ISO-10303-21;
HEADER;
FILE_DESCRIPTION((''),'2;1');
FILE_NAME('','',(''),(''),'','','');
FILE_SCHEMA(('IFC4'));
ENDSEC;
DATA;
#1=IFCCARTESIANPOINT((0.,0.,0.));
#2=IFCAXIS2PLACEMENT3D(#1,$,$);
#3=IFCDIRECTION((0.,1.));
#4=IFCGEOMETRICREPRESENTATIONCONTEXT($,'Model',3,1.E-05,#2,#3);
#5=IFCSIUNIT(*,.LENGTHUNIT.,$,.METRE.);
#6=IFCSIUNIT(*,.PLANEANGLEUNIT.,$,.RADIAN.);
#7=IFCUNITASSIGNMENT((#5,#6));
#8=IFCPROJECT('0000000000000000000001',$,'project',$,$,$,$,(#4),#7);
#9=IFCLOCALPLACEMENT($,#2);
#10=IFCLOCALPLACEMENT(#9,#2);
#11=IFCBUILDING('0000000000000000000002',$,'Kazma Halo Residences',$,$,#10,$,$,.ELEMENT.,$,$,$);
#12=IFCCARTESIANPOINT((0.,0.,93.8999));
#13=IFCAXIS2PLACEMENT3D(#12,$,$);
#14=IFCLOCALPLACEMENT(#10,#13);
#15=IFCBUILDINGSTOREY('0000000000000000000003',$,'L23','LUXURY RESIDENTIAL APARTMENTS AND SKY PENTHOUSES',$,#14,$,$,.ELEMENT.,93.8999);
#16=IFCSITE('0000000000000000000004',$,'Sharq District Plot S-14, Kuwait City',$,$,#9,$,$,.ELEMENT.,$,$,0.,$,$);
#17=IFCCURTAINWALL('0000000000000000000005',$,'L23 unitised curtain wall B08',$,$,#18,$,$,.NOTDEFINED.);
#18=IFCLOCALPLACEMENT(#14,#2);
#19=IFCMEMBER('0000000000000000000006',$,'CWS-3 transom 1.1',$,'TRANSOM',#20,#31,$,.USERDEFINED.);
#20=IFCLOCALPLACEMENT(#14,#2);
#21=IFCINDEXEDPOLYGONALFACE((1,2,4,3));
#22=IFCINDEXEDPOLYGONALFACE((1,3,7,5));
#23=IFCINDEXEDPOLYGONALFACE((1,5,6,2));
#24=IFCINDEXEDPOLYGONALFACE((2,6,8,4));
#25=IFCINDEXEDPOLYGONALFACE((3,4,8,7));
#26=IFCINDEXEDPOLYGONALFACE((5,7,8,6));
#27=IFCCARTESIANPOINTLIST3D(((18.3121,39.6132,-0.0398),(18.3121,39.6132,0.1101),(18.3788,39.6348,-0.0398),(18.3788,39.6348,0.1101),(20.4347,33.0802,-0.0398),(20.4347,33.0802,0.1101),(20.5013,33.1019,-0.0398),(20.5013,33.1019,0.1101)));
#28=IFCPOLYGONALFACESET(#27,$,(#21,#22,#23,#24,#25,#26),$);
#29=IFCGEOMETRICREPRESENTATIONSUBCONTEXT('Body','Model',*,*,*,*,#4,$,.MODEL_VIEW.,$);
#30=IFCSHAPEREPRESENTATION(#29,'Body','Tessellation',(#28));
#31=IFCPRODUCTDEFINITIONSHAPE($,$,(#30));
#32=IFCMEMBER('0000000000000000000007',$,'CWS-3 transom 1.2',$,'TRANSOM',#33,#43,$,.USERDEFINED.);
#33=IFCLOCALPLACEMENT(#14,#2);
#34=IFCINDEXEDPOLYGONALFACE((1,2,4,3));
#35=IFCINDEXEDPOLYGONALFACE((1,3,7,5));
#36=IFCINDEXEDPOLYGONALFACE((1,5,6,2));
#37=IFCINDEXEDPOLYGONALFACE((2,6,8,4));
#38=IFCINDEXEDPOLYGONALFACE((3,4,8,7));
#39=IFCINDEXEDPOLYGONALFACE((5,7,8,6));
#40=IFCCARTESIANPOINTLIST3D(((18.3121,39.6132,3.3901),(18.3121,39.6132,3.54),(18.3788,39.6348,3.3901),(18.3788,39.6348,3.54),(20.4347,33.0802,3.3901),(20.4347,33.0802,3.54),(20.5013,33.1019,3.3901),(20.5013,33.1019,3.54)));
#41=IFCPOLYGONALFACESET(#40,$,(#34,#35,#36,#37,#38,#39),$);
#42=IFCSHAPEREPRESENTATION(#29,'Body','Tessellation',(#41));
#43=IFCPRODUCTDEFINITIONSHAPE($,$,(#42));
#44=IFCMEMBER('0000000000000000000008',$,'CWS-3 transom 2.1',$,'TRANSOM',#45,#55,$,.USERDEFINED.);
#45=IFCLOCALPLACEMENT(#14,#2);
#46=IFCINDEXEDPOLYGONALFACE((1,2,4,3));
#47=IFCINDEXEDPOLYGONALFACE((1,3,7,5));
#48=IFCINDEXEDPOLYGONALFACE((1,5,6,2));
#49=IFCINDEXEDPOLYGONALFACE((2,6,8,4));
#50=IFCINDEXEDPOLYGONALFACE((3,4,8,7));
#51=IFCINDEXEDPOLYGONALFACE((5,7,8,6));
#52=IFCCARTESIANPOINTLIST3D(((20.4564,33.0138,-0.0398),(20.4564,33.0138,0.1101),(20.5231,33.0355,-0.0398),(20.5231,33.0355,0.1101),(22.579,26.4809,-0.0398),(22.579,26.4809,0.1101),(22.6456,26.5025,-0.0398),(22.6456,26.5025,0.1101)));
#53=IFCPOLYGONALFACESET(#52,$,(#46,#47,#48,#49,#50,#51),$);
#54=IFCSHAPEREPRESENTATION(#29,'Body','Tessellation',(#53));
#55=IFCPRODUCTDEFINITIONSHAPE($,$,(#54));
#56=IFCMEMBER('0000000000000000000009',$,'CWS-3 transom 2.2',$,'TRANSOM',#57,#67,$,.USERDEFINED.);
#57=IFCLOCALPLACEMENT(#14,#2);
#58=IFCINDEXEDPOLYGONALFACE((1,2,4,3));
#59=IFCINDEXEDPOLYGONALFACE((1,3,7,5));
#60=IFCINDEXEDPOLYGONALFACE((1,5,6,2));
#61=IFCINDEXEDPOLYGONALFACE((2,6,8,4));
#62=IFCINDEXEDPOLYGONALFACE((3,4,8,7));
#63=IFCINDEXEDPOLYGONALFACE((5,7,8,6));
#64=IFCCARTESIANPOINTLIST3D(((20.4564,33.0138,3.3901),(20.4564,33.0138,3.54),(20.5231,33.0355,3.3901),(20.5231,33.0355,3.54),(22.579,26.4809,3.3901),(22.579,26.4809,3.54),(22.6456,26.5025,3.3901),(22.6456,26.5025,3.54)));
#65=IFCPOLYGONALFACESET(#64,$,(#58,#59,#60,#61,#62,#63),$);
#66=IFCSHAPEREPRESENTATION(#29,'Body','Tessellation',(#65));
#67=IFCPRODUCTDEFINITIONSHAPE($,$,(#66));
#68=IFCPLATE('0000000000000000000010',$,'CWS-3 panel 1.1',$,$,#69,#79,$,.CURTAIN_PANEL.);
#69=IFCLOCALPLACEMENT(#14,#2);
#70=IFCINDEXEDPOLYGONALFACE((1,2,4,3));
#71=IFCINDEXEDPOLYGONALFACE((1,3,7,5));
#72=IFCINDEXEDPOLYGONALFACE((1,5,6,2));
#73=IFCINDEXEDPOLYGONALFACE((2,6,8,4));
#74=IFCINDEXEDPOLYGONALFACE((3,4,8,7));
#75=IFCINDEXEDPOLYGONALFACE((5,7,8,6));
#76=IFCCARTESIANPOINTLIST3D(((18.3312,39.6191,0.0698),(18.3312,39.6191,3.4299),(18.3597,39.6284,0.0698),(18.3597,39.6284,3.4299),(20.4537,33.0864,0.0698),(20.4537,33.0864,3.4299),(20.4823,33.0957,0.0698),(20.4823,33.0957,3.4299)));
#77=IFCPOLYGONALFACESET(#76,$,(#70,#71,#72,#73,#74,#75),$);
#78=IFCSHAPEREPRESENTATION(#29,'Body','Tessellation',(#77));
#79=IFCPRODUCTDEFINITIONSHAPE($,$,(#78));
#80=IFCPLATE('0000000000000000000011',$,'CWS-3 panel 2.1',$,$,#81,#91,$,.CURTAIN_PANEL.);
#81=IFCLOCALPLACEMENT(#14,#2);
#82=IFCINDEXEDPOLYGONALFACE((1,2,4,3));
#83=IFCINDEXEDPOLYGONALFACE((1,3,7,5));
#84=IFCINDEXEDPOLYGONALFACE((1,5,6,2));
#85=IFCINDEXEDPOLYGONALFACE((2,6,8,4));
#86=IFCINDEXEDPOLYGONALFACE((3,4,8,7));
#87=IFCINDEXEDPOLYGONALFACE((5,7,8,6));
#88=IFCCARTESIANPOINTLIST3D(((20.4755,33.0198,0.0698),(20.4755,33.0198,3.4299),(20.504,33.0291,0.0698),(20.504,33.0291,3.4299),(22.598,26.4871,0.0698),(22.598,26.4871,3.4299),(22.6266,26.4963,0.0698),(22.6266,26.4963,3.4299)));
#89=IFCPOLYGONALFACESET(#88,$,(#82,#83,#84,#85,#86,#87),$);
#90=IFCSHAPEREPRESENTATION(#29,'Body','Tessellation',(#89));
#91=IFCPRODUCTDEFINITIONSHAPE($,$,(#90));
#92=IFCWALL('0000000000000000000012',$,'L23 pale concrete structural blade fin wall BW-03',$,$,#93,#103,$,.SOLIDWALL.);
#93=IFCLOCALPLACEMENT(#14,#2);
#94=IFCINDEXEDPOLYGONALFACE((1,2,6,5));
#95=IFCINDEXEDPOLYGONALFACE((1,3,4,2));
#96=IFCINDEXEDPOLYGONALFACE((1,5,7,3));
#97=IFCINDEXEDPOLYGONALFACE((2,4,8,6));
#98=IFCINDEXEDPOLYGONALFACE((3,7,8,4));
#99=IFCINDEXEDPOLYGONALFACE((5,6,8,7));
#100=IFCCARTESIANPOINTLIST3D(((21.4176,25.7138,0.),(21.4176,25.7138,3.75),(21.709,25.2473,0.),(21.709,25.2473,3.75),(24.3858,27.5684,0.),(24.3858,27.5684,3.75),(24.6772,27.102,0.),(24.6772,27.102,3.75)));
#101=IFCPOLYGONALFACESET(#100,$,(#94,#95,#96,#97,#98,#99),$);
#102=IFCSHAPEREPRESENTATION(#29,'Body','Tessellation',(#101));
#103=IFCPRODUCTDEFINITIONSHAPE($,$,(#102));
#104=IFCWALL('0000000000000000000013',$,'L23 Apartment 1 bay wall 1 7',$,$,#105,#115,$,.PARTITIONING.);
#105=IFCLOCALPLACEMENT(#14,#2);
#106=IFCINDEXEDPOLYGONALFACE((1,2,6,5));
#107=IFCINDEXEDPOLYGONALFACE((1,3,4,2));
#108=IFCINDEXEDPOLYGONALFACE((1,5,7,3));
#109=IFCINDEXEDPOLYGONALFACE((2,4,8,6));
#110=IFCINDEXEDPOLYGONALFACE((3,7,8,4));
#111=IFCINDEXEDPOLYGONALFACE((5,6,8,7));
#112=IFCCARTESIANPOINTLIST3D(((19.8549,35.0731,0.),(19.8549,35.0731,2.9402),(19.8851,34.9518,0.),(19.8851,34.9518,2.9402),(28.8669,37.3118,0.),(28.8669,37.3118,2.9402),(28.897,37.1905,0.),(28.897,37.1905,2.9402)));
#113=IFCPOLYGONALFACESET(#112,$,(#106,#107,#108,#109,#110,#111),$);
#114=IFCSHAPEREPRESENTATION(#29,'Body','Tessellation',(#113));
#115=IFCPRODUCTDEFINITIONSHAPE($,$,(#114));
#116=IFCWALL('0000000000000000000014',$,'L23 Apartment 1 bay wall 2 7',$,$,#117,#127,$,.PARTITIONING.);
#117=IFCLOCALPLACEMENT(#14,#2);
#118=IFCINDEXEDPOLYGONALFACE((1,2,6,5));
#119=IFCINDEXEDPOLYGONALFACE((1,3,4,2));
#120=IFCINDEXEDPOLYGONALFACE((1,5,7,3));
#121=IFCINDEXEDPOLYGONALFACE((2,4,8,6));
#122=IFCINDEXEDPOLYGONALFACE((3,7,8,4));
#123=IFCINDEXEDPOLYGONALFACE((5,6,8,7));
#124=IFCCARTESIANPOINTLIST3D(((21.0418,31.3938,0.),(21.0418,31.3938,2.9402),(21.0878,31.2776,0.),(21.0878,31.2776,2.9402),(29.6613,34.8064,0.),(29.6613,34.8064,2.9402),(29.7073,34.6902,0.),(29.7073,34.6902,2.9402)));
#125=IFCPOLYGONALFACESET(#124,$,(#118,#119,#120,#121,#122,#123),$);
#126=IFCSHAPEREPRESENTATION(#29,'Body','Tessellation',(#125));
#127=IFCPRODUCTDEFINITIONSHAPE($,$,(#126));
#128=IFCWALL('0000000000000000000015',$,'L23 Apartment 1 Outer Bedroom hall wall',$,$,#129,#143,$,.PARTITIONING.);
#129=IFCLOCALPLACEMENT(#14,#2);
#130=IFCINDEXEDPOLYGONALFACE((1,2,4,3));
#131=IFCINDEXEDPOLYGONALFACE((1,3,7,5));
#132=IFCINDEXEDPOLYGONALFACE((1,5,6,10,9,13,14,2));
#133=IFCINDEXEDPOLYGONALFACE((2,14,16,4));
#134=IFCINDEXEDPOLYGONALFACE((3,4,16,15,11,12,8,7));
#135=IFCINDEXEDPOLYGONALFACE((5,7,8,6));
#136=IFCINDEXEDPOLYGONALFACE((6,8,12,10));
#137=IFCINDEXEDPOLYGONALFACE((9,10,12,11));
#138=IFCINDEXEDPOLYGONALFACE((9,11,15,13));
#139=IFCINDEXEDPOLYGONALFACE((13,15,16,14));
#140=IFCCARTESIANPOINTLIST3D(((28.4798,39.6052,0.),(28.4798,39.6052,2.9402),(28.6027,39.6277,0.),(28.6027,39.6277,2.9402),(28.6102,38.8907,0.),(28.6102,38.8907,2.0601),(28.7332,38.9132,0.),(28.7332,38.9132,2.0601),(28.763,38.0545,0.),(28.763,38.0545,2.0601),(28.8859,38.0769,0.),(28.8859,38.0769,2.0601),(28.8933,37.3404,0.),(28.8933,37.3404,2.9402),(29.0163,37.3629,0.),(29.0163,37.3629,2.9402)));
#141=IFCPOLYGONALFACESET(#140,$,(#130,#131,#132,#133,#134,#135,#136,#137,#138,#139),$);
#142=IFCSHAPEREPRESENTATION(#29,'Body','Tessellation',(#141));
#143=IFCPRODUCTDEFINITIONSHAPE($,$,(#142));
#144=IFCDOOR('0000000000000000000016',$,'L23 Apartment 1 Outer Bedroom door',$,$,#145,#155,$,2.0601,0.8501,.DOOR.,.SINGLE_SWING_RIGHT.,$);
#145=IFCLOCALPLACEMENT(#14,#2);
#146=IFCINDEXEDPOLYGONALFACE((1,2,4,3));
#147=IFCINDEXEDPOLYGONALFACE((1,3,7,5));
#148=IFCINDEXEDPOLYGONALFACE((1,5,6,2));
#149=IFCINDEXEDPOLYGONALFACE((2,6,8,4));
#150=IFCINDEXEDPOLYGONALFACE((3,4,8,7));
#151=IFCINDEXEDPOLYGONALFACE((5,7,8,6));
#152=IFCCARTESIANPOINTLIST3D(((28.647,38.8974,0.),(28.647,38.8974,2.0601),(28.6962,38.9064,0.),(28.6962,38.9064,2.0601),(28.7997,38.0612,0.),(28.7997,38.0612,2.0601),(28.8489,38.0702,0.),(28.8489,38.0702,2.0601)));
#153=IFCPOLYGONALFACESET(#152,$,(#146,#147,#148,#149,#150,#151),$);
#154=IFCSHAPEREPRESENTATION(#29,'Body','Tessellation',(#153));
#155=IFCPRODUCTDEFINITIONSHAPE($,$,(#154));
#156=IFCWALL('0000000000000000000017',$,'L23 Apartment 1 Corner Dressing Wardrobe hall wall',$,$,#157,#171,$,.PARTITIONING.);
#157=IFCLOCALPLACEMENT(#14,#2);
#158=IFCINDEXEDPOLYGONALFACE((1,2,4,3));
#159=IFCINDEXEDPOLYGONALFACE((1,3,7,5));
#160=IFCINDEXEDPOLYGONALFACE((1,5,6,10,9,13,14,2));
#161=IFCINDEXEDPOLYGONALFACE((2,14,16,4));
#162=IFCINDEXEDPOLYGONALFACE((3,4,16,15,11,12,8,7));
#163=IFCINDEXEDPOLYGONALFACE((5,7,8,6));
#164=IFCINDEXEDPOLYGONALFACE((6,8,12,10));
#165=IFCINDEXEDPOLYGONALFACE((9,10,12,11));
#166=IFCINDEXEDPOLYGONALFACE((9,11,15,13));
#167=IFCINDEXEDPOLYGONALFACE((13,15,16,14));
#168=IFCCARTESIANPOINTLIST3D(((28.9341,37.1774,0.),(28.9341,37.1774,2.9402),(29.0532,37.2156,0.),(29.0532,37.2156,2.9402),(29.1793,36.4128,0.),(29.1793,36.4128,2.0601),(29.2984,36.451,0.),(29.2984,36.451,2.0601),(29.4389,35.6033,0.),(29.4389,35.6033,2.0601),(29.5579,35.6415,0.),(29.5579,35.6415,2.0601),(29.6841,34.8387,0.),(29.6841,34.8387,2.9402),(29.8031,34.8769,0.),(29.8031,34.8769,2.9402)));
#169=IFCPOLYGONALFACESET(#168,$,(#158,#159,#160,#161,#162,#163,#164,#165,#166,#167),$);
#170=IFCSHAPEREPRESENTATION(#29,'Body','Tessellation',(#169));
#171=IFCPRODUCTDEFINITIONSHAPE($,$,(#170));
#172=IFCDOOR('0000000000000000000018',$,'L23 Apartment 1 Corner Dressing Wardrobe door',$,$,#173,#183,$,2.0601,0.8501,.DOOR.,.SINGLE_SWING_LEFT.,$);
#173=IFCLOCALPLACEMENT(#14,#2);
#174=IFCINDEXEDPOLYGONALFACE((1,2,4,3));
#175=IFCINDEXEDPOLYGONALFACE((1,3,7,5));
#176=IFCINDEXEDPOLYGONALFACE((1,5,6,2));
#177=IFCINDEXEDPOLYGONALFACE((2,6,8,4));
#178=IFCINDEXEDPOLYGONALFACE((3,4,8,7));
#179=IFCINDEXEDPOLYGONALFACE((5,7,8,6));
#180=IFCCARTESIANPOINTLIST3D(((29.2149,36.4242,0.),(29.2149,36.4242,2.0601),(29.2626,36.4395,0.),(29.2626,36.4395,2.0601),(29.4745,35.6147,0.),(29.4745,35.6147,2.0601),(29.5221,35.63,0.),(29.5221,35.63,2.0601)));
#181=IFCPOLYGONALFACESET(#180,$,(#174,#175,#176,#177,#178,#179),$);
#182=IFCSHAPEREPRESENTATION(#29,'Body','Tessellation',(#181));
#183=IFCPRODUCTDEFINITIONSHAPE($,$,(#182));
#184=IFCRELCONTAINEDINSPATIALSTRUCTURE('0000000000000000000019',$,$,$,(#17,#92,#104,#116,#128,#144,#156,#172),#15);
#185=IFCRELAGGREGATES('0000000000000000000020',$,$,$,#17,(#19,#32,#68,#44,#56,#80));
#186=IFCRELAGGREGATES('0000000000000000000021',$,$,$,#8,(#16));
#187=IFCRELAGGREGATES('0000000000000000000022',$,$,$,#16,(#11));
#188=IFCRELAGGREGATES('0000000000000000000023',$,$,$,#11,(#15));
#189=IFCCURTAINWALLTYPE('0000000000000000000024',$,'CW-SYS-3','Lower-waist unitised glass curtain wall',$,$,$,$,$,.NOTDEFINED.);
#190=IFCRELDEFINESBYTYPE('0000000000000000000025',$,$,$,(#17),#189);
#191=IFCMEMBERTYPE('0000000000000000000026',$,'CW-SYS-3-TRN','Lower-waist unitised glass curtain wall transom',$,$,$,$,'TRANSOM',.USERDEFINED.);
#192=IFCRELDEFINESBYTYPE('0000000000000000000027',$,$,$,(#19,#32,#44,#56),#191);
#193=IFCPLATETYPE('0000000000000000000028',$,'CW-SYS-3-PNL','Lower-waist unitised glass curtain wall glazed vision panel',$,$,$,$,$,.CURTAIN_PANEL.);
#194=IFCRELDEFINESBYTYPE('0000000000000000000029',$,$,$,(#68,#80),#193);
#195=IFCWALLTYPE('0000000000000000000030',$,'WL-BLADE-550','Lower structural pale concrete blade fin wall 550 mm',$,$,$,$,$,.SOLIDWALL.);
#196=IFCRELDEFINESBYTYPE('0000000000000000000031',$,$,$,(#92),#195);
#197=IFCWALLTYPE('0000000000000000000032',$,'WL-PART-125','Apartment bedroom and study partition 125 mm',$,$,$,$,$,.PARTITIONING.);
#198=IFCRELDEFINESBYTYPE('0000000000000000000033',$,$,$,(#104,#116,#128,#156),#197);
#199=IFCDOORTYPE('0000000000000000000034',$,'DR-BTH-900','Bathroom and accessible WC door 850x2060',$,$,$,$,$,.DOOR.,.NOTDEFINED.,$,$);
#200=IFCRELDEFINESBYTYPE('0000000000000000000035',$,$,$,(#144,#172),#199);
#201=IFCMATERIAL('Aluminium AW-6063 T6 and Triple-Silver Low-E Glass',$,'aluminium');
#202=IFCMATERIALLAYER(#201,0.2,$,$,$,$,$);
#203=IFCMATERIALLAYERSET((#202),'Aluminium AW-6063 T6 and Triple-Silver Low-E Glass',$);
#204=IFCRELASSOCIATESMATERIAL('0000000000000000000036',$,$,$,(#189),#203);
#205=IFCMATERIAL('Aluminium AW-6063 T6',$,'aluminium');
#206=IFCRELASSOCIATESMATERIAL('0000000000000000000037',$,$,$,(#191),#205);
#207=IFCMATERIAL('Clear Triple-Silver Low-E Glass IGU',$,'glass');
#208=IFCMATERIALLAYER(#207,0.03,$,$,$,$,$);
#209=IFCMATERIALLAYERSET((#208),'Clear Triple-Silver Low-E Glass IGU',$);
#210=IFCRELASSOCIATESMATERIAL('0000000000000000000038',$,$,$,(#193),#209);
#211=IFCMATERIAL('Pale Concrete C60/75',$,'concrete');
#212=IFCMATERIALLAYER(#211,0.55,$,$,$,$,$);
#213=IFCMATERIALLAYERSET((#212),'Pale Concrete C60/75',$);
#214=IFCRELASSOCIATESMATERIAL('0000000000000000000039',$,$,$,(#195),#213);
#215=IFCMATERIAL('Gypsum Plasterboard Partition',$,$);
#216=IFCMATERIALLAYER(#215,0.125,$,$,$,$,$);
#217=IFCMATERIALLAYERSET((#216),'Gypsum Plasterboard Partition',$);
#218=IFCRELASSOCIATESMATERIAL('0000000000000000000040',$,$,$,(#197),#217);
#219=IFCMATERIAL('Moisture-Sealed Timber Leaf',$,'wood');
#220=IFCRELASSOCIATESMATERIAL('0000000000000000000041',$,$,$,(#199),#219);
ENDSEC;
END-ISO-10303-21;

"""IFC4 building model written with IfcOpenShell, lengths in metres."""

from ifc_helpers import new_model, si_unit, direction, frame, frame_2d, origin, origin_2d, place, context, subcontext, project, spatial, rectangle, extrude, material, layer, layer_set, material_profile, profile_set, type_object, element, fill, aggregate, save


model = new_model("IFC4")

# Units and contexts
model_context = context("Model", 3, precision=1e-05, world=origin(), true_north=direction((0.0, 1.0)))
body_context = subcontext(model_context, "Body", "Model", "MODEL_VIEW")
ifc_project = project(units=[si_unit("LENGTHUNIT", "METRE"), si_unit("PLANEANGLEUNIT", "RADIAN")], contexts=[model_context])

# Site, building, storey
site_placement = place(None, origin())
site = spatial("IfcSite", under=ifc_project, at=site_placement, Name="Sharq District Plot S-14, Kuwait City", CompositionType="ELEMENT", RefElevation=0.0)
building_placement = place(site_placement, origin())
building = spatial("IfcBuilding", under=site, at=building_placement, Name="Kazma Halo Residences", CompositionType="ELEMENT")
storey_placement = place(building_placement, frame((0.0, 0.0, 93.8999)))
storey = spatial("IfcBuildingStorey", under=building, at=storey_placement, Name="L23", Description="LUXURY RESIDENTIAL APARTMENTS AND SKY PENTHOUSES", CompositionType="ELEMENT", Elevation=93.8999)

# Curtain wall
ifc_material_1 = material(Name="Aluminium AW-6063 T6 and Triple-Silver Low-E Glass", Category="aluminium")
ifc_layer_1 = layer(ifc_material_1, 0.2)
ifc_layer_set_1 = layer_set([ifc_layer_1], Name="Aluminium AW-6063 T6 and Triple-Silver Low-E Glass")
curtain_wall_type = type_object("IfcCurtainWallType", Name="CW-SYS-3", Description="Lower-waist unitised glass curtain wall", PredefinedType="NOTDEFINED", material=ifc_layer_set_1)
curtain_wall_1_placement = place(storey_placement, origin())
curtain_wall_1 = element("IfcCurtainWall", 1, at=curtain_wall_1_placement, inside=storey, type_object=curtain_wall_type, Name="L23 unitised curtain wall B08", PredefinedType="NOTDEFINED")
ifc_material_2 = material(Name="Aluminium AW-6063 T6", Category="aluminium")

# Members
ifc_material_profile_1 = material_profile(ifc_material_2, rectangle(XDim=0.0701, YDim=0.1499, at=origin_2d()), Name="CWT-70x150")
ifc_profile_set_1 = profile_set([ifc_material_profile_1], Name="Aluminium AW-6063 T6")
member_type_1 = type_object("IfcMemberType", Name="CW-SYS-3-TRN", Description="Lower-waist unitised glass curtain wall transom", ElementType="TRANSOM", PredefinedType="USERDEFINED", material=ifc_profile_set_1)
member_1_placement = place(storey_placement, frame((18.3455, 39.624, 0.0352), z_axis=(0.309, -0.951062, 0.0), x_axis=(0.951062, 0.309, 0.0)))
member_1 = element("IfcMember", 2, at=member_1_placement, type_object=member_type_1, Name="CWS-3 transom 1.1", ObjectType="TRANSOM", PredefinedType="USERDEFINED", context=body_context, shape_type="SweptSolid", body=[
    extrude(rectangle(XDim=0.0701, YDim=0.1499, at=origin_2d()), origin(), (0.0, 0.0, 1.0), 6.8691),
])
member_2_placement = place(storey_placement, frame((18.3455, 39.624, 3.4651), z_axis=(0.309, -0.951062, 0.0), x_axis=(0.951062, 0.309, 0.0)))
member_2 = element("IfcMember", 3, at=member_2_placement, type_object=member_type_1, Name="CWS-3 transom 1.2", ObjectType="TRANSOM", PredefinedType="USERDEFINED", context=body_context, shape_type="SweptSolid", body=[
    extrude(rectangle(XDim=0.0701, YDim=0.1499, at=origin_2d()), origin(), (0.0, 0.0, 1.0), 6.8691),
])
member_3_placement = place(storey_placement, frame((20.4897, 33.0247, 0.0352), z_axis=(0.309, -0.951062, 0.0), x_axis=(0.951062, 0.309, 0.0)))
member_3 = element("IfcMember", 4, at=member_3_placement, type_object=member_type_1, Name="CWS-3 transom 2.1", ObjectType="TRANSOM", PredefinedType="USERDEFINED", context=body_context, shape_type="SweptSolid", body=[
    extrude(rectangle(XDim=0.0701, YDim=0.1499, at=origin_2d()), origin(), (0.0, 0.0, 1.0), 6.8691),
])
member_4_placement = place(storey_placement, frame((20.4897, 33.0247, 3.4651), z_axis=(0.309, -0.951062, 0.0), x_axis=(0.951062, 0.309, 0.0)))
member_4 = element("IfcMember", 5, at=member_4_placement, type_object=member_type_1, Name="CWS-3 transom 2.2", ObjectType="TRANSOM", PredefinedType="USERDEFINED", context=body_context, shape_type="SweptSolid", body=[
    extrude(rectangle(XDim=0.0701, YDim=0.1499, at=origin_2d()), origin(), (0.0, 0.0, 1.0), 6.8691),
])

# Plates
ifc_material_3 = material(Name="Clear Triple-Silver Low-E Glass IGU", Category="glass")
ifc_layer_2 = layer(ifc_material_3, 0.03)
ifc_layer_set_2 = layer_set([ifc_layer_2], Name="Clear Triple-Silver Low-E Glass IGU")
plate_type = type_object("IfcPlateType", Name="CW-SYS-3-PNL", Description="Lower-waist unitised glass curtain wall glazed vision panel", PredefinedType="CURTAIN_PANEL", material=ifc_layer_set_2)
plate_1_placement = place(storey_placement, frame((19.4067, 36.3574, 0.0698), z_axis=(0.0, 0.0, 1.0), x_axis=(0.309013, -0.951058, 0.0)))
plate_1 = element("IfcPlate", 6, at=plate_1_placement, type_object=plate_type, Name="CWS-3 panel 1.1", PredefinedType="CURTAIN_PANEL", context=body_context, shape_type="SweptSolid", body=[
    extrude(rectangle(XDim=6.8689, YDim=0.03, at=origin_2d()), origin(), (0.0, 0.0, 1.0), 3.3601),
])
plate_2_placement = place(storey_placement, frame((21.551, 29.7581, 0.0698), z_axis=(0.0, 0.0, 1.0), x_axis=(0.309013, -0.951058, 0.0)))
plate_2 = element("IfcPlate", 7, at=plate_2_placement, type_object=plate_type, Name="CWS-3 panel 2.1", PredefinedType="CURTAIN_PANEL", context=body_context, shape_type="SweptSolid", body=[
    extrude(rectangle(XDim=6.8689, YDim=0.03, at=origin_2d()), origin(), (0.0, 0.0, 1.0), 3.3601),
])
aggregate(curtain_wall_1, [member_1, member_2, plate_1, member_3, member_4, plate_2])

# Walls
ifc_material_4 = material(Name="Pale Concrete C60/75", Category="concrete")
ifc_layer_3 = layer(ifc_material_4, 0.55)
ifc_layer_set_3 = layer_set([ifc_layer_3], Name="Pale Concrete C60/75")
wall_type_1 = type_object("IfcWallType", Name="WL-BLADE-550", Description="Lower structural pale concrete blade fin wall 550 mm", PredefinedType="SOLIDWALL", material=ifc_layer_set_3)
wall_1_placement = place(storey_placement, frame((24.5315, 27.3352, 0.0), z_axis=(0.0, 0.0, 1.0), x_axis=(-0.848053, -0.529911, 0.0)))
element("IfcWall", 8, at=wall_1_placement, inside=storey, type_object=wall_type_1, Name="L23 pale concrete structural blade fin wall BW-03", PredefinedType="SOLIDWALL", context=body_context, shape_type="SweptSolid", body=[
    extrude(rectangle(XDim=3.5, YDim=0.55, at=frame_2d((1.75, 0.0))), origin(), (0.0, 0.0, 1.0), 3.75),
])
ifc_material_5 = material(Name="Gypsum Plasterboard Partition")
ifc_layer_4 = layer(ifc_material_5, 0.125)
ifc_layer_set_4 = layer_set([ifc_layer_4], Name="Gypsum Plasterboard Partition")
wall_type_2 = type_object("IfcWallType", Name="WL-PART-125", Description="Apartment bedroom and study partition 125 mm", PredefinedType="PARTITIONING", material=ifc_layer_set_4)
wall_2_placement = place(storey_placement, frame((28.8821, 37.2512, 0.0), z_axis=(0.0, 0.0, 1.0), x_axis=(-0.970502, -0.241094, 0.0)))
element("IfcWall", 9, at=wall_2_placement, inside=storey, type_object=wall_type_2, Name="L23 Apartment 1 bay wall 1 7", PredefinedType="PARTITIONING", context=body_context, shape_type="SweptSolid", body=[
    extrude(rectangle(XDim=9.2859, YDim=0.125, at=frame_2d((4.6431, 0.0))), origin(), (0.0, 0.0, 1.0), 2.9402),
])
wall_3_placement = place(storey_placement, frame((29.6843, 34.7483, 0.0), z_axis=(0.0, 0.0, 1.0), x_axis=(-0.929782, -0.36811, 0.0)))
element("IfcWall", 10, at=wall_3_placement, inside=storey, type_object=wall_type_2, Name="L23 Apartment 1 bay wall 2 7", PredefinedType="PARTITIONING", context=body_context, shape_type="SweptSolid", body=[
    extrude(rectangle(XDim=9.2705, YDim=0.125, at=frame_2d((4.6353, 0.0))), origin(), (0.0, 0.0, 1.0), 2.9402),
])

# Walls, openings, doors
wall_4_placement = place(storey_placement, frame((28.5413, 39.6165, 0.0), z_axis=(0.0, 0.0, 1.0), x_axis=(0.179632, -0.983734, 0.0)))
wall_4 = element("IfcWall", 11, at=wall_4_placement, inside=storey, type_object=wall_type_2, Name="L23 Apartment 1 Outer Bedroom hall wall", PredefinedType="PARTITIONING", context=body_context, shape_type="SweptSolid", body=[
    extrude(rectangle(XDim=2.3022, YDim=0.125, at=frame_2d((1.1511, 0.0))), origin(), (0.0, 0.0, 1.0), 2.9402),
])
opening_1_placement = place(wall_4_placement, frame((0.7263, 0.0, 0.0)))
opening_1 = element("IfcOpeningElement", 12, at=opening_1_placement, cuts=wall_4, PredefinedType="OPENING", context=body_context, shape_type="SweptSolid", body=[
    extrude(rectangle(XDim=0.8501, YDim=2.0601, at=frame_2d((0.425, 1.03))), frame((0.0, 0.0725, 0.0), z_axis=(0.0, -1.0, 0.0), x_axis=(1.0, 0.0, 0.0)), (0.0, 0.0, 1.0), 0.145),
])
ifc_material_6 = material(Name="Moisture-Sealed Timber Leaf", Category="wood")
door_type = type_object("IfcDoorType", Name="DR-BTH-900", Description="Bathroom and accessible WC door 850x2060", OperationType="NOTDEFINED", PredefinedType="DOOR", material=ifc_material_6)
door_1_placement = place(opening_1_placement, origin())
door_1 = element("IfcDoor", 13, at=door_1_placement, inside=storey, type_object=door_type, Name="L23 Apartment 1 Outer Bedroom door", OperationType="SINGLE_SWING_RIGHT", OverallHeight=2.0601, OverallWidth=0.8501, PredefinedType="DOOR", context=body_context, shape_type="SweptSolid", body=[
    extrude(rectangle(XDim=0.8501, YDim=2.0601, at=frame_2d((0.425, 1.03))), frame((0.0, 0.0249, 0.0), z_axis=(0.0, -1.0, 0.0), x_axis=(1.0, 0.0, 0.0)), (0.0, 0.0, 1.0), 0.05),
])
fill(opening_1, door_1)
wall_5_placement = place(storey_placement, frame((28.9937, 37.1965, 0.0), z_axis=(0.0, 0.0, 1.0), x_axis=(0.305353, -0.952239, 0.0)))
wall_5 = element("IfcWall", 14, at=wall_5_placement, inside=storey, type_object=wall_type_2, Name="L23 Apartment 1 Corner Dressing Wardrobe hall wall", PredefinedType="PARTITIONING", context=body_context, shape_type="SweptSolid", body=[
    extrude(rectangle(XDim=2.4561, YDim=0.125, at=frame_2d((1.228, 0.0))), origin(), (0.0, 0.0, 1.0), 2.9402),
])
opening_2_placement = place(wall_5_placement, frame((0.803, 0.0, 0.0)))
opening_2 = element("IfcOpeningElement", 15, at=opening_2_placement, cuts=wall_5, PredefinedType="OPENING", context=body_context, shape_type="SweptSolid", body=[
    extrude(rectangle(XDim=0.8501, YDim=2.0601, at=frame_2d((0.425, 1.03))), frame((0.0, 0.0725, 0.0), z_axis=(0.0, -1.0, 0.0), x_axis=(1.0, 0.0, 0.0)), (0.0, 0.0, 1.0), 0.145),
])
door_2_placement = place(opening_2_placement, origin())
door_2 = element("IfcDoor", 16, at=door_2_placement, inside=storey, type_object=door_type, Name="L23 Apartment 1 Corner Dressing Wardrobe door", OperationType="SINGLE_SWING_LEFT", OverallHeight=2.0601, OverallWidth=0.8501, PredefinedType="DOOR", context=body_context, shape_type="SweptSolid", body=[
    extrude(rectangle(XDim=0.8501, YDim=2.0601, at=frame_2d((0.425, 1.03))), frame((0.0, 0.0249, 0.0), z_axis=(0.0, -1.0, 0.0), x_axis=(1.0, 0.0, 0.0)), (0.0, 0.0, 1.0), 0.05),
])
fill(opening_2, door_2)

save(model, "model.ifc")
